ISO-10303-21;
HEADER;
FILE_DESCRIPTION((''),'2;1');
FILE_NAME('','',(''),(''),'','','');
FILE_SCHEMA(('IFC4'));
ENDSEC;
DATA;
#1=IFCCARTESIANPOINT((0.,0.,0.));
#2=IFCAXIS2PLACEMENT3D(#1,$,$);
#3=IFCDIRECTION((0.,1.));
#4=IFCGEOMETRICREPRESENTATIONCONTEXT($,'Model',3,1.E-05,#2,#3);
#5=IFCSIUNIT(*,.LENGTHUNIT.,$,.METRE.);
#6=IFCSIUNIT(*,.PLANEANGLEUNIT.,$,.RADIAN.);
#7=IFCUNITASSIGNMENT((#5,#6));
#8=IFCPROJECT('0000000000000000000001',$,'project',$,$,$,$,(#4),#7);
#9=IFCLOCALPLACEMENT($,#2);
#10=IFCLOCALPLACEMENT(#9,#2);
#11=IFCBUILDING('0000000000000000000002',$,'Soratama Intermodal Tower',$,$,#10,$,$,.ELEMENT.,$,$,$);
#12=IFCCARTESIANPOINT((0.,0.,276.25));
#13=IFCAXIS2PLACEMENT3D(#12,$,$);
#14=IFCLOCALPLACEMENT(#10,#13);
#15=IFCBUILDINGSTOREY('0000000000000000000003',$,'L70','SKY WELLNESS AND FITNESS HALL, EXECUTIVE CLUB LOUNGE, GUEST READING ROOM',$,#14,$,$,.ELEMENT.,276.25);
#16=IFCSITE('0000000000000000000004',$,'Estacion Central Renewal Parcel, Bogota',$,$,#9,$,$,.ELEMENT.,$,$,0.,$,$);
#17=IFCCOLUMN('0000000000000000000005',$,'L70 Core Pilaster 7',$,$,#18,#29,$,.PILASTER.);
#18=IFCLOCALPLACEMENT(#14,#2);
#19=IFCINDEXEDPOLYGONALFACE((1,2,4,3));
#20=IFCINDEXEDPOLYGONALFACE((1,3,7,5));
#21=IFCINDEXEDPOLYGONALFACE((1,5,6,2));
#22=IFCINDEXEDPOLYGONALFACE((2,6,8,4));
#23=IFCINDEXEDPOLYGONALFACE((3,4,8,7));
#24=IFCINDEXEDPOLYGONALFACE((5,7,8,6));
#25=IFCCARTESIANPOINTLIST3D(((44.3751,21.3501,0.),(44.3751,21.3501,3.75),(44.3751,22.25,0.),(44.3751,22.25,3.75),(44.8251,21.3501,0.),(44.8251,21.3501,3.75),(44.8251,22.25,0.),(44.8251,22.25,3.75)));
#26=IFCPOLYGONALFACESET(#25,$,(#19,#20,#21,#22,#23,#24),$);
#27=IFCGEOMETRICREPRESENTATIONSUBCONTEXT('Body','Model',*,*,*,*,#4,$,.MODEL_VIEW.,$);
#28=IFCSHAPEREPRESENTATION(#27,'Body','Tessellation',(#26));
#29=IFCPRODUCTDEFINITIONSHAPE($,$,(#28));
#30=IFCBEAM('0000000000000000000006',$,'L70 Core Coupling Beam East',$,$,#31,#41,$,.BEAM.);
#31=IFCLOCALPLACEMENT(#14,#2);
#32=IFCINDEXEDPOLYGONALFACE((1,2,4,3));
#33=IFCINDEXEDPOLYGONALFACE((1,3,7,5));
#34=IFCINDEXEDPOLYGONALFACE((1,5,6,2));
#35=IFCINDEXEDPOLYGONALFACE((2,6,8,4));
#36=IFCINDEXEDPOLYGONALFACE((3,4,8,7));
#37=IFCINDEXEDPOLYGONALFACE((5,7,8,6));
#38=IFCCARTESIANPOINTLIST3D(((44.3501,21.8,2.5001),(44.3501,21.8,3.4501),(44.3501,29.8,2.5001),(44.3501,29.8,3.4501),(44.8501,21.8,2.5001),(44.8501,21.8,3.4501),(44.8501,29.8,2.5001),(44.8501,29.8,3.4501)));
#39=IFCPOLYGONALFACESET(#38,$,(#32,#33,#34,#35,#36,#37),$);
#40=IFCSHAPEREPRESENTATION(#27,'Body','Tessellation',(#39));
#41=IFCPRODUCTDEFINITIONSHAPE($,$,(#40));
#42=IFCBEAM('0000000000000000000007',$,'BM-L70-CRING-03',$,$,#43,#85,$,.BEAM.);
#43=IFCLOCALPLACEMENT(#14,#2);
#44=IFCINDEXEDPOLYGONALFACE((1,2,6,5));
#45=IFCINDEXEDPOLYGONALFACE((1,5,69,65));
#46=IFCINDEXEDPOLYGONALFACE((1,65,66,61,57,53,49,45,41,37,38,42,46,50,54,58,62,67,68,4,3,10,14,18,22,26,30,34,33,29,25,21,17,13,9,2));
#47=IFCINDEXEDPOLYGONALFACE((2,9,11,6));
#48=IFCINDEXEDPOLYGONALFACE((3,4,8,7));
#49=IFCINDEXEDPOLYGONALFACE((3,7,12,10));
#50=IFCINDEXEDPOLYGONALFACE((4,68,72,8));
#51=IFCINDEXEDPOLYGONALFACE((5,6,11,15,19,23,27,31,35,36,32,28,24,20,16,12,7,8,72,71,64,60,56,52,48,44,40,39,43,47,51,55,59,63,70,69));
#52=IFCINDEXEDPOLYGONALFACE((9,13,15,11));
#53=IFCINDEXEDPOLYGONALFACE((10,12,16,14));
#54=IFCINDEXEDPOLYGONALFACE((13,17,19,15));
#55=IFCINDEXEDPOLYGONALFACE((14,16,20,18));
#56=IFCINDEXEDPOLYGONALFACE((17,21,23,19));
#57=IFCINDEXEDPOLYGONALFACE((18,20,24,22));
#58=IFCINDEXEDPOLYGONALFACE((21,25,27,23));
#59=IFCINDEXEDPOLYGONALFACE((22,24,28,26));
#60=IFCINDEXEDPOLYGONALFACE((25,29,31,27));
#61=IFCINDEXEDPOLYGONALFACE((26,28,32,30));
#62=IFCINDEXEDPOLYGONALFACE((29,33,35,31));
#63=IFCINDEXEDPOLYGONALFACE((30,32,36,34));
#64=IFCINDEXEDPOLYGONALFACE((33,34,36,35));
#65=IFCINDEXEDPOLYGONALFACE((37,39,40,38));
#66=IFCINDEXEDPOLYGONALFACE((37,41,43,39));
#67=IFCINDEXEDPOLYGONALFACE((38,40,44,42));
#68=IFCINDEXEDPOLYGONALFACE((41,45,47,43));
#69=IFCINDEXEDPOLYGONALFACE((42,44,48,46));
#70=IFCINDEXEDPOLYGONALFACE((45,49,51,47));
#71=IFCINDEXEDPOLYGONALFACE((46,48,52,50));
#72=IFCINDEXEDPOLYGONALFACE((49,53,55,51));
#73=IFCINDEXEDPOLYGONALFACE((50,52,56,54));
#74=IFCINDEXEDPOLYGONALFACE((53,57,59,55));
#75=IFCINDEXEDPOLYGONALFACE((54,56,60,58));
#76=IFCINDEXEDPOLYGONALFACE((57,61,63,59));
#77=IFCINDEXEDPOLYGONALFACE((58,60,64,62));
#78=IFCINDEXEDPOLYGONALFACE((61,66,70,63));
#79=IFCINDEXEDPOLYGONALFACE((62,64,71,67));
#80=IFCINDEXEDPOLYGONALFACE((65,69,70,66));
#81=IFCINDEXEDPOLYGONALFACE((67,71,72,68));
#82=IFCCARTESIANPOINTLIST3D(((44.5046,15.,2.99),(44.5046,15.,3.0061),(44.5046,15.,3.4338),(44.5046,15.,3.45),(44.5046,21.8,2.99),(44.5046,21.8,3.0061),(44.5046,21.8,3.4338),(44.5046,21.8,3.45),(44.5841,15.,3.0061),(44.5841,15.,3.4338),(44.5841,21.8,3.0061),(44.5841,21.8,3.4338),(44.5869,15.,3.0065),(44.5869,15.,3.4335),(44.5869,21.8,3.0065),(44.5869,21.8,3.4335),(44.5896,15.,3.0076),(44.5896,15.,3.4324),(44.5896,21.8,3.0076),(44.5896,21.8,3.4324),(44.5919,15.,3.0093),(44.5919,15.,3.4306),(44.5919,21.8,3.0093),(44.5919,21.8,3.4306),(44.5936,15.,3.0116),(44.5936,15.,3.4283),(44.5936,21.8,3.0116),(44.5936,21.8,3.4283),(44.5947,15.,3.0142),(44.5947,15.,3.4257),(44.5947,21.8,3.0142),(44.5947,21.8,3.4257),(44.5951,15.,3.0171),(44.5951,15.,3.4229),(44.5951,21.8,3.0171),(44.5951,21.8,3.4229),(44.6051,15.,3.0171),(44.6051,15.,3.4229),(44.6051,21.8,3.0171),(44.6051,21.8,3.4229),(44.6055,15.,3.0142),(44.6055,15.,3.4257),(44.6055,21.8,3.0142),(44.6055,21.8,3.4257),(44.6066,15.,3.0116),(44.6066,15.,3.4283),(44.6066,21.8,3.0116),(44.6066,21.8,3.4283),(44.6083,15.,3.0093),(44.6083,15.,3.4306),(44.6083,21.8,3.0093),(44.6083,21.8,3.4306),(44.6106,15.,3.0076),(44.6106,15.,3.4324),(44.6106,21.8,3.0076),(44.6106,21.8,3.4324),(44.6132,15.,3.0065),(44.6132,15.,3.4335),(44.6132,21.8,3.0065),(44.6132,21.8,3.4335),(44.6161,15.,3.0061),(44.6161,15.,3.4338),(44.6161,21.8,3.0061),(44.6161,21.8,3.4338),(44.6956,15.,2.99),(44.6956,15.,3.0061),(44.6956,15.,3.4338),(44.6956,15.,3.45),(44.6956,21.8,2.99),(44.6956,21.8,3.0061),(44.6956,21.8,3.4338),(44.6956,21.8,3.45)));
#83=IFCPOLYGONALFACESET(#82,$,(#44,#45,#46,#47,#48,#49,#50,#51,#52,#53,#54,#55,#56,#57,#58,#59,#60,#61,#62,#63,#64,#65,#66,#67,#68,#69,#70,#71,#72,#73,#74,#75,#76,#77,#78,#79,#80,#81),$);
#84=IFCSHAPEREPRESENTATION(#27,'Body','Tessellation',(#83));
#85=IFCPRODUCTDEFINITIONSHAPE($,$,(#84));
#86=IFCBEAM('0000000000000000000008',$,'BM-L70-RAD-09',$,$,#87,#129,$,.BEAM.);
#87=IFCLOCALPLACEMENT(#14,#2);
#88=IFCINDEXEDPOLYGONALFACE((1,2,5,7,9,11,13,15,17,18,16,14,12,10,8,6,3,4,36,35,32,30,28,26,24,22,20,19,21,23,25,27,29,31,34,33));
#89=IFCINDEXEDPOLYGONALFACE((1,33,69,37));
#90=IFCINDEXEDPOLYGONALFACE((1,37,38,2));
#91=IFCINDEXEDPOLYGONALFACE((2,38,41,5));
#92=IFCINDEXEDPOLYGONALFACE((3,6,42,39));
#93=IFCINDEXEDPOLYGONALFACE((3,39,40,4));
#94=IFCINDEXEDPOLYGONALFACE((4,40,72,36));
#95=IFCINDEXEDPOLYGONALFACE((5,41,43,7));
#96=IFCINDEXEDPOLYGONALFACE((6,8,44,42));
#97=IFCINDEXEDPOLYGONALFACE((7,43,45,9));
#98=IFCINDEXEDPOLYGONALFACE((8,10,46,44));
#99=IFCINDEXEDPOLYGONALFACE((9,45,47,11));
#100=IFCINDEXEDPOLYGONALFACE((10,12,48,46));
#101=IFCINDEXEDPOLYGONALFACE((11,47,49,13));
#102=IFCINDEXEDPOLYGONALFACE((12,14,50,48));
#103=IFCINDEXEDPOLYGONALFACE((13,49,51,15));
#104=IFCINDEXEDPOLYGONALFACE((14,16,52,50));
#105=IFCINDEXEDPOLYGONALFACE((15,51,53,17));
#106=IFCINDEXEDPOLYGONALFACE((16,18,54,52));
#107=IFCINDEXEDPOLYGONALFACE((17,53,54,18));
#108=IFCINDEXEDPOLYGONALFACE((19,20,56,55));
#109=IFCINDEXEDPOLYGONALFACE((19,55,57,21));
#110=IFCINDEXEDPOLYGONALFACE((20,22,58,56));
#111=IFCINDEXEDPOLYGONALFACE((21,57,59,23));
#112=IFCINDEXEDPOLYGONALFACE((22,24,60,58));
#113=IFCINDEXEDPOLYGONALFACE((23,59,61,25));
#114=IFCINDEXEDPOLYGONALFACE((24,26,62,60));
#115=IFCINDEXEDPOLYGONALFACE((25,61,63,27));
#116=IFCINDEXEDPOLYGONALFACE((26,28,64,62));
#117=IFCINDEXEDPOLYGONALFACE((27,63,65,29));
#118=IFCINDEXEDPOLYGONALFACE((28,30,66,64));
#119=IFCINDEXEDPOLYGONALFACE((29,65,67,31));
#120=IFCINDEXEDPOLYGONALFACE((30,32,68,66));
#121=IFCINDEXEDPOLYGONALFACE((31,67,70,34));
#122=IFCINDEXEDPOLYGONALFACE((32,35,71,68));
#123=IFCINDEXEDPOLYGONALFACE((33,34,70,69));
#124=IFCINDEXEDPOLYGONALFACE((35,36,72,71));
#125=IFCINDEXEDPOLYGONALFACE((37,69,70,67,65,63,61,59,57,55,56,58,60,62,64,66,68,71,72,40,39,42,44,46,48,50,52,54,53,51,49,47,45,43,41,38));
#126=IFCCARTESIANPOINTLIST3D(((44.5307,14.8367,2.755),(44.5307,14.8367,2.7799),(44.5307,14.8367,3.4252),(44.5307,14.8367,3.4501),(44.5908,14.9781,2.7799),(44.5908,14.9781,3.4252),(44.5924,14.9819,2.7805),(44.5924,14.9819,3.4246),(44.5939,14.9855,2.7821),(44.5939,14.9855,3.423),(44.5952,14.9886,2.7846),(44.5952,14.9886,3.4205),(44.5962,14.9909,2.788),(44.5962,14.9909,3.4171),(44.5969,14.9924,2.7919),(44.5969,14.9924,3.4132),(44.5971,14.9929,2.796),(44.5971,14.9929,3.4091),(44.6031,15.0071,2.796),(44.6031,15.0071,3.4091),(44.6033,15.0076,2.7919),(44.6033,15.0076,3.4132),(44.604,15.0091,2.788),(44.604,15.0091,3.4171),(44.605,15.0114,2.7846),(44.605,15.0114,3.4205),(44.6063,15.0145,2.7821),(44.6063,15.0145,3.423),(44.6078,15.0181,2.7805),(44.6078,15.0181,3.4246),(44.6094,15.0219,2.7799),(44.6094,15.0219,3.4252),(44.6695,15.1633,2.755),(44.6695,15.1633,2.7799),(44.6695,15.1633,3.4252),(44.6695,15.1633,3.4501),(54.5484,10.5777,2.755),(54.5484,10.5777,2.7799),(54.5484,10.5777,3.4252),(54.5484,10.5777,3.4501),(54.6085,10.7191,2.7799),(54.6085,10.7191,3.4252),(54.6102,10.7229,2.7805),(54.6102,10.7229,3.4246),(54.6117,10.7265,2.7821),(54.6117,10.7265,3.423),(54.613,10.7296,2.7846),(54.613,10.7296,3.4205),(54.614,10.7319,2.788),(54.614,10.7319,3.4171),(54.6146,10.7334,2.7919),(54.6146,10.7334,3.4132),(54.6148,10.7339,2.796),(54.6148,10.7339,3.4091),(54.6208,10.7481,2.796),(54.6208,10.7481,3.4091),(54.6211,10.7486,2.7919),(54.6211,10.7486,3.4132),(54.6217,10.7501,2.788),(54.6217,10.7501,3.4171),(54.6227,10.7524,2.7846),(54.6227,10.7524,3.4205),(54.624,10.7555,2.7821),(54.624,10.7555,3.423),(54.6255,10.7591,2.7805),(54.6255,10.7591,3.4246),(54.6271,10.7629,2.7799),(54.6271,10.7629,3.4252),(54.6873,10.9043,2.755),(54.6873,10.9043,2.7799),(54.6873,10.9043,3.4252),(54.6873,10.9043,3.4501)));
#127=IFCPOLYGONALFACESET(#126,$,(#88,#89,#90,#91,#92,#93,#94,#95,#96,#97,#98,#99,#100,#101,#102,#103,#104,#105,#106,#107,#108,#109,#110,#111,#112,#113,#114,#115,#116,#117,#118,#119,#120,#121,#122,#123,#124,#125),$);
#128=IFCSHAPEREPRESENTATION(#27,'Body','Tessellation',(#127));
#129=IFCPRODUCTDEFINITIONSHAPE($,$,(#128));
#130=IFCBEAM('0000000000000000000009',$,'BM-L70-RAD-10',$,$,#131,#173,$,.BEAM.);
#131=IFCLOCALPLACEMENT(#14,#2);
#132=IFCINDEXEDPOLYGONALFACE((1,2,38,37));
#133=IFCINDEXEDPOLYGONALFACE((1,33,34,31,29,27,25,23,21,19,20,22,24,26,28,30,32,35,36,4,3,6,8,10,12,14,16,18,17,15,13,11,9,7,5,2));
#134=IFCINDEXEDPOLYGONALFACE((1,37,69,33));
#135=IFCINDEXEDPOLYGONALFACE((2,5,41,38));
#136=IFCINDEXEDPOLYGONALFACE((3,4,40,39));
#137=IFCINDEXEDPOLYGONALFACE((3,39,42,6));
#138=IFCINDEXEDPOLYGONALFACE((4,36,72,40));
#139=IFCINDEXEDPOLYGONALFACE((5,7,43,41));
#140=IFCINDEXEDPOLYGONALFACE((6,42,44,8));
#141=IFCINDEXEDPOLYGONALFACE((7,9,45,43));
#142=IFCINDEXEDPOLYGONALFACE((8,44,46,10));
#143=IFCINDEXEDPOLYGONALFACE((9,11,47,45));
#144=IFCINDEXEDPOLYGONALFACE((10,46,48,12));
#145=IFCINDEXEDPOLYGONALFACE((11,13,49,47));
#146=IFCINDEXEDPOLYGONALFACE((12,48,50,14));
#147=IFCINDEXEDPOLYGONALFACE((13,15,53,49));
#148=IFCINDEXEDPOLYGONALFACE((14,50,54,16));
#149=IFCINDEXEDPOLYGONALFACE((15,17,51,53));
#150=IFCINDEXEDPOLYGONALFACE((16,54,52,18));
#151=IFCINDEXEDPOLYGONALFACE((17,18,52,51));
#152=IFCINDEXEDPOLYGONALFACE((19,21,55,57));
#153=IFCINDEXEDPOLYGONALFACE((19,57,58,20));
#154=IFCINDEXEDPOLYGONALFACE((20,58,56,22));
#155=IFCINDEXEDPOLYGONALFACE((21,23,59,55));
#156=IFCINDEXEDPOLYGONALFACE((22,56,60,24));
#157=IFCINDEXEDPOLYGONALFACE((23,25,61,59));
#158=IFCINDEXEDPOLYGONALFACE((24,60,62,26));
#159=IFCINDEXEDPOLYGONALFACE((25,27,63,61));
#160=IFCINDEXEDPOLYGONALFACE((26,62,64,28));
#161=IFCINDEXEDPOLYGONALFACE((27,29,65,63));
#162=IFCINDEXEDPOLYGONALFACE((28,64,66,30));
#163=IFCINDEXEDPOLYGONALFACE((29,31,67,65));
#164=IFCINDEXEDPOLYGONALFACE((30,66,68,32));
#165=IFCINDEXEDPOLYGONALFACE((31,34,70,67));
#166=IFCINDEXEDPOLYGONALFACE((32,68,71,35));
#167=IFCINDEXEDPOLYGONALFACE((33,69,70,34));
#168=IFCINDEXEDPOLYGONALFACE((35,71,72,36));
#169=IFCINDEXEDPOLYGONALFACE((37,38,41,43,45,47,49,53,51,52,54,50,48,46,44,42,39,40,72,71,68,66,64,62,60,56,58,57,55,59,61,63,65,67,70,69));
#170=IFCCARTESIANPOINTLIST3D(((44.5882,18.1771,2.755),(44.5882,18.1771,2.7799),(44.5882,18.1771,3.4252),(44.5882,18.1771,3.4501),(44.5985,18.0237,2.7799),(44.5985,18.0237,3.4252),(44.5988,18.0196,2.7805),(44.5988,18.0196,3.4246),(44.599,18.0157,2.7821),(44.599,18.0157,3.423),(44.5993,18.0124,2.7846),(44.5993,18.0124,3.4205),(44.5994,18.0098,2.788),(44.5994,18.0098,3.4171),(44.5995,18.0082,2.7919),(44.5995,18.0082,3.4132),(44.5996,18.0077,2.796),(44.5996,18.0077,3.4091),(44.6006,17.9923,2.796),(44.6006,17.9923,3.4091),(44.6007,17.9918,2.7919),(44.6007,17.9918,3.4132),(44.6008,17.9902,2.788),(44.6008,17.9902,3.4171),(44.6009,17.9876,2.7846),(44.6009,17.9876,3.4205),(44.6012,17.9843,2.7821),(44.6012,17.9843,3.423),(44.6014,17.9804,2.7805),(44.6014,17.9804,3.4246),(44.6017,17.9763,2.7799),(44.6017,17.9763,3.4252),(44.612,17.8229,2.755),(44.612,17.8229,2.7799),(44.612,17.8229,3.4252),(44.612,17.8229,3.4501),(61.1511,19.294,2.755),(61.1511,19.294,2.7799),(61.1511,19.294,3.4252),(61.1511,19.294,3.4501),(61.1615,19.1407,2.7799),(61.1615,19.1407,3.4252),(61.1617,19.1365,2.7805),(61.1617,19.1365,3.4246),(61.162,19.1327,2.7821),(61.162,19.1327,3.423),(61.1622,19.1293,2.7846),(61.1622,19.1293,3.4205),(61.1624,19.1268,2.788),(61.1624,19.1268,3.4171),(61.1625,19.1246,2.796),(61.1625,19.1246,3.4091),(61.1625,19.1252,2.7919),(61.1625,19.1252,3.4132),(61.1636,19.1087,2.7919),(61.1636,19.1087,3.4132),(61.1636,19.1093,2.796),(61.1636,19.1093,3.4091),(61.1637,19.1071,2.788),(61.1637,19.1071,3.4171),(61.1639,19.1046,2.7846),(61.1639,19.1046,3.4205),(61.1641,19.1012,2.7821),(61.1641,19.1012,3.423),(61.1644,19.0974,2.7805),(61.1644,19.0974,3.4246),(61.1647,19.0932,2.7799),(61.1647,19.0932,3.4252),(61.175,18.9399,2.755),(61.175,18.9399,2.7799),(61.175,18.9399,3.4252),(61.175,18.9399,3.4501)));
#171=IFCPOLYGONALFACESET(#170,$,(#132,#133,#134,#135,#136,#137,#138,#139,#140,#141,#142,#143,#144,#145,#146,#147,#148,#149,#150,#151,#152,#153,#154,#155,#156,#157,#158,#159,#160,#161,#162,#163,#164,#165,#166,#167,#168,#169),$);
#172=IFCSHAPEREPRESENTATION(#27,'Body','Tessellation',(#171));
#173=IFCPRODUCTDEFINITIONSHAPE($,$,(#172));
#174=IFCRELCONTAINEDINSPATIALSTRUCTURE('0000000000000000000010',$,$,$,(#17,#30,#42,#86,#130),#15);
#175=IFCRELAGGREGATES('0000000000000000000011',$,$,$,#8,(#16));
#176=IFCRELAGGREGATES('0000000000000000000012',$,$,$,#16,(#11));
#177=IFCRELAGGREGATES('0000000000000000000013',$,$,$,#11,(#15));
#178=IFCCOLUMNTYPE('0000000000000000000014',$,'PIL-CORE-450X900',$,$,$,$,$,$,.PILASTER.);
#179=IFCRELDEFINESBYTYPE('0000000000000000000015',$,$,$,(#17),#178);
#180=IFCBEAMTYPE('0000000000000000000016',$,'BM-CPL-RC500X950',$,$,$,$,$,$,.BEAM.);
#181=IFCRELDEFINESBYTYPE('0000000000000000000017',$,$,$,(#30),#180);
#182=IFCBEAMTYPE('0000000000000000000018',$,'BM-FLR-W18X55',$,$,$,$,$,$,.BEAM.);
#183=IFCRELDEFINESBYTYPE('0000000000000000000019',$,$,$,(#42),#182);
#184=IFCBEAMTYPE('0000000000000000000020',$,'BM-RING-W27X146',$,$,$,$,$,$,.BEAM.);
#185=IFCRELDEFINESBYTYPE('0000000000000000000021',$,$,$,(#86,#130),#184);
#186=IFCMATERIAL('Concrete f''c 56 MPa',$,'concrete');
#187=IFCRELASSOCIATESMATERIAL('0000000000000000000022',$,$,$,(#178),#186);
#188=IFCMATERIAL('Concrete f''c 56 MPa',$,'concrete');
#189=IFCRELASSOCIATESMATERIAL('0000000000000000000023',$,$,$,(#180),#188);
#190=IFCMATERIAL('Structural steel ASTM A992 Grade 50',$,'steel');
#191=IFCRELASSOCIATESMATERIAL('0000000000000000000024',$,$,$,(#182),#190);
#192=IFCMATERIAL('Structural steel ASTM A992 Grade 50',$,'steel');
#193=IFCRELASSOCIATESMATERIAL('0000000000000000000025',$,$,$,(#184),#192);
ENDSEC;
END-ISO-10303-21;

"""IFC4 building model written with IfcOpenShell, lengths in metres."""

from ifc_helpers import new_model, si_unit, direction, frame, origin, origin_2d, place, context, subcontext, project, spatial, rectangle, i_section, extrude, material, material_profile, profile_set, type_object, element, save


model = new_model("IFC4")

# Units and contexts
model_context = context("Model", 3, precision=1e-05, world=origin(), true_north=direction((0.0, 1.0)))
body_context = subcontext(model_context, "Body", "Model", "MODEL_VIEW")
ifc_project = project(units=[si_unit("LENGTHUNIT", "METRE"), si_unit("PLANEANGLEUNIT", "RADIAN")], contexts=[model_context])

# Site, building, storey
site_placement = place(None, origin())
site = spatial("IfcSite", under=ifc_project, at=site_placement, Name="Estacion Central Renewal Parcel, Bogota", CompositionType="ELEMENT", RefElevation=0.0)
building_placement = place(site_placement, origin())
building = spatial("IfcBuilding", under=site, at=building_placement, Name="Soratama Intermodal Tower", CompositionType="ELEMENT")
storey_placement = place(building_placement, frame((0.0, 0.0, 276.25)))
storey = spatial("IfcBuildingStorey", under=building, at=storey_placement, Name="L70", Description="SKY WELLNESS AND FITNESS HALL, EXECUTIVE CLUB LOUNGE, GUEST READING ROOM", CompositionType="ELEMENT", Elevation=276.25)

# Column
ifc_material_1 = material(Name="Concrete f'c 56 MPa", Category="concrete")
ifc_material_profile_1 = material_profile(ifc_material_1, rectangle(XDim=0.45, YDim=0.8999, at=origin_2d()), Name="RC450X900")
ifc_profile_set_1 = profile_set([ifc_material_profile_1], Name="Concrete f'c 56 MPa")
column_type = type_object("IfcColumnType", Name="PIL-CORE-450X900", PredefinedType="PILASTER", material=ifc_profile_set_1)
column_placement = place(storey_placement, frame((44.6001, 21.8, 0.0), z_axis=(0.0, 0.0, 1.0), x_axis=(1.0, 0.0, 0.0)))
element("IfcColumn", 1, at=column_placement, inside=storey, type_object=column_type, Name="L70 Core Pilaster 7", PredefinedType="PILASTER", context=body_context, shape_type="SweptSolid", body=[
    extrude(rectangle(XDim=0.45, YDim=0.8999, at=origin_2d()), origin(), (0.0, 0.0, 1.0), 3.75),
])

# Beams
ifc_material_2 = material(Name="Concrete f'c 56 MPa", Category="concrete")
ifc_material_profile_2 = material_profile(ifc_material_2, rectangle(XDim=0.5, YDim=0.95, at=origin_2d()), Name="RC500X950")
ifc_profile_set_2 = profile_set([ifc_material_profile_2], Name="Concrete f'c 56 MPa")
beam_type_1 = type_object("IfcBeamType", Name="BM-CPL-RC500X950", PredefinedType="BEAM", material=ifc_profile_set_2)
beam_1_placement = place(storey_placement, frame((44.6001, 21.8, 2.9751), z_axis=(0.0, 1.0, 0.0), x_axis=(-1.0, 0.0, 0.0)))
element("IfcBeam", 2, at=beam_1_placement, inside=storey, type_object=beam_type_1, Name="L70 Core Coupling Beam East", PredefinedType="BEAM", context=body_context, shape_type="SweptSolid", body=[
    extrude(rectangle(XDim=0.5, YDim=0.95, at=origin_2d()), origin(), (0.0, 0.0, 1.0), 8.0),
])
ifc_material_3 = material(Name="Structural steel ASTM A992 Grade 50", Category="steel")
ifc_material_profile_3 = material_profile(ifc_material_3, i_section(OverallWidth=0.1909, OverallDepth=0.46, WebThickness=0.01, FlangeThickness=0.0161, FilletRadius=0.011, at=origin_2d()), Name="W18X55")
ifc_profile_set_3 = profile_set([ifc_material_profile_3], Name="Structural steel ASTM A992 Grade 50")
beam_type_2 = type_object("IfcBeamType", Name="BM-FLR-W18X55", PredefinedType="BEAM", material=ifc_profile_set_3)
beam_2_placement = place(storey_placement, frame((44.6001, 15.0, 3.22), z_axis=(0.0, 1.0, 0.0), x_axis=(-1.0, 0.0, 0.0)))
element("IfcBeam", 3, at=beam_2_placement, inside=storey, type_object=beam_type_2, Name="BM-L70-CRING-03", PredefinedType="BEAM", context=body_context, shape_type="SweptSolid", body=[
    extrude(i_section(OverallWidth=0.1909, OverallDepth=0.46, WebThickness=0.01, FlangeThickness=0.0161, FilletRadius=0.011, at=origin_2d()), origin(), (0.0, 0.0, 1.0), 6.8),
])
ifc_material_4 = material(Name="Structural steel ASTM A992 Grade 50", Category="steel")
ifc_material_profile_4 = material_profile(ifc_material_4, i_section(OverallWidth=0.355, OverallDepth=0.6951, WebThickness=0.0154, FlangeThickness=0.0249, FilletRadius=0.0161, at=origin_2d()), Name="W27X146")
ifc_profile_set_4 = profile_set([ifc_material_profile_4], Name="Structural steel ASTM A992 Grade 50")
beam_type_3 = type_object("IfcBeamType", Name="BM-RING-W27X146", PredefinedType="BEAM", material=ifc_profile_set_4)
beam_3_placement = place(storey_placement, frame((44.6001, 15.0, 3.1025), z_axis=(0.920283, -0.391254, 0.0), x_axis=(0.391254, 0.920283, 0.0)))
element("IfcBeam", 4, at=beam_3_placement, inside=storey, type_object=beam_type_3, Name="BM-L70-RAD-09", PredefinedType="BEAM", context=body_context, shape_type="SweptSolid", body=[
    extrude(i_section(OverallWidth=0.355, OverallDepth=0.6951, WebThickness=0.0154, FlangeThickness=0.0249, FilletRadius=0.0161, at=origin_2d()), origin(), (0.0, 0.0, 1.0), 10.8855),
])
beam_4_placement = place(storey_placement, frame((44.6001, 18.0, 3.1025), z_axis=(0.997734, 0.067283, 0.0), x_axis=(-0.067283, 0.997734, 0.0)))
element("IfcBeam", 5, at=beam_4_placement, inside=storey, type_object=beam_type_3, Name="BM-L70-RAD-10", PredefinedType="BEAM", context=body_context, shape_type="SweptSolid", body=[
    extrude(i_section(OverallWidth=0.355, OverallDepth=0.6951, WebThickness=0.0154, FlangeThickness=0.0249, FilletRadius=0.0161, at=origin_2d()), origin(), (0.0, 0.0, 1.0), 16.6006),
])

save(model, "model.ifc")
